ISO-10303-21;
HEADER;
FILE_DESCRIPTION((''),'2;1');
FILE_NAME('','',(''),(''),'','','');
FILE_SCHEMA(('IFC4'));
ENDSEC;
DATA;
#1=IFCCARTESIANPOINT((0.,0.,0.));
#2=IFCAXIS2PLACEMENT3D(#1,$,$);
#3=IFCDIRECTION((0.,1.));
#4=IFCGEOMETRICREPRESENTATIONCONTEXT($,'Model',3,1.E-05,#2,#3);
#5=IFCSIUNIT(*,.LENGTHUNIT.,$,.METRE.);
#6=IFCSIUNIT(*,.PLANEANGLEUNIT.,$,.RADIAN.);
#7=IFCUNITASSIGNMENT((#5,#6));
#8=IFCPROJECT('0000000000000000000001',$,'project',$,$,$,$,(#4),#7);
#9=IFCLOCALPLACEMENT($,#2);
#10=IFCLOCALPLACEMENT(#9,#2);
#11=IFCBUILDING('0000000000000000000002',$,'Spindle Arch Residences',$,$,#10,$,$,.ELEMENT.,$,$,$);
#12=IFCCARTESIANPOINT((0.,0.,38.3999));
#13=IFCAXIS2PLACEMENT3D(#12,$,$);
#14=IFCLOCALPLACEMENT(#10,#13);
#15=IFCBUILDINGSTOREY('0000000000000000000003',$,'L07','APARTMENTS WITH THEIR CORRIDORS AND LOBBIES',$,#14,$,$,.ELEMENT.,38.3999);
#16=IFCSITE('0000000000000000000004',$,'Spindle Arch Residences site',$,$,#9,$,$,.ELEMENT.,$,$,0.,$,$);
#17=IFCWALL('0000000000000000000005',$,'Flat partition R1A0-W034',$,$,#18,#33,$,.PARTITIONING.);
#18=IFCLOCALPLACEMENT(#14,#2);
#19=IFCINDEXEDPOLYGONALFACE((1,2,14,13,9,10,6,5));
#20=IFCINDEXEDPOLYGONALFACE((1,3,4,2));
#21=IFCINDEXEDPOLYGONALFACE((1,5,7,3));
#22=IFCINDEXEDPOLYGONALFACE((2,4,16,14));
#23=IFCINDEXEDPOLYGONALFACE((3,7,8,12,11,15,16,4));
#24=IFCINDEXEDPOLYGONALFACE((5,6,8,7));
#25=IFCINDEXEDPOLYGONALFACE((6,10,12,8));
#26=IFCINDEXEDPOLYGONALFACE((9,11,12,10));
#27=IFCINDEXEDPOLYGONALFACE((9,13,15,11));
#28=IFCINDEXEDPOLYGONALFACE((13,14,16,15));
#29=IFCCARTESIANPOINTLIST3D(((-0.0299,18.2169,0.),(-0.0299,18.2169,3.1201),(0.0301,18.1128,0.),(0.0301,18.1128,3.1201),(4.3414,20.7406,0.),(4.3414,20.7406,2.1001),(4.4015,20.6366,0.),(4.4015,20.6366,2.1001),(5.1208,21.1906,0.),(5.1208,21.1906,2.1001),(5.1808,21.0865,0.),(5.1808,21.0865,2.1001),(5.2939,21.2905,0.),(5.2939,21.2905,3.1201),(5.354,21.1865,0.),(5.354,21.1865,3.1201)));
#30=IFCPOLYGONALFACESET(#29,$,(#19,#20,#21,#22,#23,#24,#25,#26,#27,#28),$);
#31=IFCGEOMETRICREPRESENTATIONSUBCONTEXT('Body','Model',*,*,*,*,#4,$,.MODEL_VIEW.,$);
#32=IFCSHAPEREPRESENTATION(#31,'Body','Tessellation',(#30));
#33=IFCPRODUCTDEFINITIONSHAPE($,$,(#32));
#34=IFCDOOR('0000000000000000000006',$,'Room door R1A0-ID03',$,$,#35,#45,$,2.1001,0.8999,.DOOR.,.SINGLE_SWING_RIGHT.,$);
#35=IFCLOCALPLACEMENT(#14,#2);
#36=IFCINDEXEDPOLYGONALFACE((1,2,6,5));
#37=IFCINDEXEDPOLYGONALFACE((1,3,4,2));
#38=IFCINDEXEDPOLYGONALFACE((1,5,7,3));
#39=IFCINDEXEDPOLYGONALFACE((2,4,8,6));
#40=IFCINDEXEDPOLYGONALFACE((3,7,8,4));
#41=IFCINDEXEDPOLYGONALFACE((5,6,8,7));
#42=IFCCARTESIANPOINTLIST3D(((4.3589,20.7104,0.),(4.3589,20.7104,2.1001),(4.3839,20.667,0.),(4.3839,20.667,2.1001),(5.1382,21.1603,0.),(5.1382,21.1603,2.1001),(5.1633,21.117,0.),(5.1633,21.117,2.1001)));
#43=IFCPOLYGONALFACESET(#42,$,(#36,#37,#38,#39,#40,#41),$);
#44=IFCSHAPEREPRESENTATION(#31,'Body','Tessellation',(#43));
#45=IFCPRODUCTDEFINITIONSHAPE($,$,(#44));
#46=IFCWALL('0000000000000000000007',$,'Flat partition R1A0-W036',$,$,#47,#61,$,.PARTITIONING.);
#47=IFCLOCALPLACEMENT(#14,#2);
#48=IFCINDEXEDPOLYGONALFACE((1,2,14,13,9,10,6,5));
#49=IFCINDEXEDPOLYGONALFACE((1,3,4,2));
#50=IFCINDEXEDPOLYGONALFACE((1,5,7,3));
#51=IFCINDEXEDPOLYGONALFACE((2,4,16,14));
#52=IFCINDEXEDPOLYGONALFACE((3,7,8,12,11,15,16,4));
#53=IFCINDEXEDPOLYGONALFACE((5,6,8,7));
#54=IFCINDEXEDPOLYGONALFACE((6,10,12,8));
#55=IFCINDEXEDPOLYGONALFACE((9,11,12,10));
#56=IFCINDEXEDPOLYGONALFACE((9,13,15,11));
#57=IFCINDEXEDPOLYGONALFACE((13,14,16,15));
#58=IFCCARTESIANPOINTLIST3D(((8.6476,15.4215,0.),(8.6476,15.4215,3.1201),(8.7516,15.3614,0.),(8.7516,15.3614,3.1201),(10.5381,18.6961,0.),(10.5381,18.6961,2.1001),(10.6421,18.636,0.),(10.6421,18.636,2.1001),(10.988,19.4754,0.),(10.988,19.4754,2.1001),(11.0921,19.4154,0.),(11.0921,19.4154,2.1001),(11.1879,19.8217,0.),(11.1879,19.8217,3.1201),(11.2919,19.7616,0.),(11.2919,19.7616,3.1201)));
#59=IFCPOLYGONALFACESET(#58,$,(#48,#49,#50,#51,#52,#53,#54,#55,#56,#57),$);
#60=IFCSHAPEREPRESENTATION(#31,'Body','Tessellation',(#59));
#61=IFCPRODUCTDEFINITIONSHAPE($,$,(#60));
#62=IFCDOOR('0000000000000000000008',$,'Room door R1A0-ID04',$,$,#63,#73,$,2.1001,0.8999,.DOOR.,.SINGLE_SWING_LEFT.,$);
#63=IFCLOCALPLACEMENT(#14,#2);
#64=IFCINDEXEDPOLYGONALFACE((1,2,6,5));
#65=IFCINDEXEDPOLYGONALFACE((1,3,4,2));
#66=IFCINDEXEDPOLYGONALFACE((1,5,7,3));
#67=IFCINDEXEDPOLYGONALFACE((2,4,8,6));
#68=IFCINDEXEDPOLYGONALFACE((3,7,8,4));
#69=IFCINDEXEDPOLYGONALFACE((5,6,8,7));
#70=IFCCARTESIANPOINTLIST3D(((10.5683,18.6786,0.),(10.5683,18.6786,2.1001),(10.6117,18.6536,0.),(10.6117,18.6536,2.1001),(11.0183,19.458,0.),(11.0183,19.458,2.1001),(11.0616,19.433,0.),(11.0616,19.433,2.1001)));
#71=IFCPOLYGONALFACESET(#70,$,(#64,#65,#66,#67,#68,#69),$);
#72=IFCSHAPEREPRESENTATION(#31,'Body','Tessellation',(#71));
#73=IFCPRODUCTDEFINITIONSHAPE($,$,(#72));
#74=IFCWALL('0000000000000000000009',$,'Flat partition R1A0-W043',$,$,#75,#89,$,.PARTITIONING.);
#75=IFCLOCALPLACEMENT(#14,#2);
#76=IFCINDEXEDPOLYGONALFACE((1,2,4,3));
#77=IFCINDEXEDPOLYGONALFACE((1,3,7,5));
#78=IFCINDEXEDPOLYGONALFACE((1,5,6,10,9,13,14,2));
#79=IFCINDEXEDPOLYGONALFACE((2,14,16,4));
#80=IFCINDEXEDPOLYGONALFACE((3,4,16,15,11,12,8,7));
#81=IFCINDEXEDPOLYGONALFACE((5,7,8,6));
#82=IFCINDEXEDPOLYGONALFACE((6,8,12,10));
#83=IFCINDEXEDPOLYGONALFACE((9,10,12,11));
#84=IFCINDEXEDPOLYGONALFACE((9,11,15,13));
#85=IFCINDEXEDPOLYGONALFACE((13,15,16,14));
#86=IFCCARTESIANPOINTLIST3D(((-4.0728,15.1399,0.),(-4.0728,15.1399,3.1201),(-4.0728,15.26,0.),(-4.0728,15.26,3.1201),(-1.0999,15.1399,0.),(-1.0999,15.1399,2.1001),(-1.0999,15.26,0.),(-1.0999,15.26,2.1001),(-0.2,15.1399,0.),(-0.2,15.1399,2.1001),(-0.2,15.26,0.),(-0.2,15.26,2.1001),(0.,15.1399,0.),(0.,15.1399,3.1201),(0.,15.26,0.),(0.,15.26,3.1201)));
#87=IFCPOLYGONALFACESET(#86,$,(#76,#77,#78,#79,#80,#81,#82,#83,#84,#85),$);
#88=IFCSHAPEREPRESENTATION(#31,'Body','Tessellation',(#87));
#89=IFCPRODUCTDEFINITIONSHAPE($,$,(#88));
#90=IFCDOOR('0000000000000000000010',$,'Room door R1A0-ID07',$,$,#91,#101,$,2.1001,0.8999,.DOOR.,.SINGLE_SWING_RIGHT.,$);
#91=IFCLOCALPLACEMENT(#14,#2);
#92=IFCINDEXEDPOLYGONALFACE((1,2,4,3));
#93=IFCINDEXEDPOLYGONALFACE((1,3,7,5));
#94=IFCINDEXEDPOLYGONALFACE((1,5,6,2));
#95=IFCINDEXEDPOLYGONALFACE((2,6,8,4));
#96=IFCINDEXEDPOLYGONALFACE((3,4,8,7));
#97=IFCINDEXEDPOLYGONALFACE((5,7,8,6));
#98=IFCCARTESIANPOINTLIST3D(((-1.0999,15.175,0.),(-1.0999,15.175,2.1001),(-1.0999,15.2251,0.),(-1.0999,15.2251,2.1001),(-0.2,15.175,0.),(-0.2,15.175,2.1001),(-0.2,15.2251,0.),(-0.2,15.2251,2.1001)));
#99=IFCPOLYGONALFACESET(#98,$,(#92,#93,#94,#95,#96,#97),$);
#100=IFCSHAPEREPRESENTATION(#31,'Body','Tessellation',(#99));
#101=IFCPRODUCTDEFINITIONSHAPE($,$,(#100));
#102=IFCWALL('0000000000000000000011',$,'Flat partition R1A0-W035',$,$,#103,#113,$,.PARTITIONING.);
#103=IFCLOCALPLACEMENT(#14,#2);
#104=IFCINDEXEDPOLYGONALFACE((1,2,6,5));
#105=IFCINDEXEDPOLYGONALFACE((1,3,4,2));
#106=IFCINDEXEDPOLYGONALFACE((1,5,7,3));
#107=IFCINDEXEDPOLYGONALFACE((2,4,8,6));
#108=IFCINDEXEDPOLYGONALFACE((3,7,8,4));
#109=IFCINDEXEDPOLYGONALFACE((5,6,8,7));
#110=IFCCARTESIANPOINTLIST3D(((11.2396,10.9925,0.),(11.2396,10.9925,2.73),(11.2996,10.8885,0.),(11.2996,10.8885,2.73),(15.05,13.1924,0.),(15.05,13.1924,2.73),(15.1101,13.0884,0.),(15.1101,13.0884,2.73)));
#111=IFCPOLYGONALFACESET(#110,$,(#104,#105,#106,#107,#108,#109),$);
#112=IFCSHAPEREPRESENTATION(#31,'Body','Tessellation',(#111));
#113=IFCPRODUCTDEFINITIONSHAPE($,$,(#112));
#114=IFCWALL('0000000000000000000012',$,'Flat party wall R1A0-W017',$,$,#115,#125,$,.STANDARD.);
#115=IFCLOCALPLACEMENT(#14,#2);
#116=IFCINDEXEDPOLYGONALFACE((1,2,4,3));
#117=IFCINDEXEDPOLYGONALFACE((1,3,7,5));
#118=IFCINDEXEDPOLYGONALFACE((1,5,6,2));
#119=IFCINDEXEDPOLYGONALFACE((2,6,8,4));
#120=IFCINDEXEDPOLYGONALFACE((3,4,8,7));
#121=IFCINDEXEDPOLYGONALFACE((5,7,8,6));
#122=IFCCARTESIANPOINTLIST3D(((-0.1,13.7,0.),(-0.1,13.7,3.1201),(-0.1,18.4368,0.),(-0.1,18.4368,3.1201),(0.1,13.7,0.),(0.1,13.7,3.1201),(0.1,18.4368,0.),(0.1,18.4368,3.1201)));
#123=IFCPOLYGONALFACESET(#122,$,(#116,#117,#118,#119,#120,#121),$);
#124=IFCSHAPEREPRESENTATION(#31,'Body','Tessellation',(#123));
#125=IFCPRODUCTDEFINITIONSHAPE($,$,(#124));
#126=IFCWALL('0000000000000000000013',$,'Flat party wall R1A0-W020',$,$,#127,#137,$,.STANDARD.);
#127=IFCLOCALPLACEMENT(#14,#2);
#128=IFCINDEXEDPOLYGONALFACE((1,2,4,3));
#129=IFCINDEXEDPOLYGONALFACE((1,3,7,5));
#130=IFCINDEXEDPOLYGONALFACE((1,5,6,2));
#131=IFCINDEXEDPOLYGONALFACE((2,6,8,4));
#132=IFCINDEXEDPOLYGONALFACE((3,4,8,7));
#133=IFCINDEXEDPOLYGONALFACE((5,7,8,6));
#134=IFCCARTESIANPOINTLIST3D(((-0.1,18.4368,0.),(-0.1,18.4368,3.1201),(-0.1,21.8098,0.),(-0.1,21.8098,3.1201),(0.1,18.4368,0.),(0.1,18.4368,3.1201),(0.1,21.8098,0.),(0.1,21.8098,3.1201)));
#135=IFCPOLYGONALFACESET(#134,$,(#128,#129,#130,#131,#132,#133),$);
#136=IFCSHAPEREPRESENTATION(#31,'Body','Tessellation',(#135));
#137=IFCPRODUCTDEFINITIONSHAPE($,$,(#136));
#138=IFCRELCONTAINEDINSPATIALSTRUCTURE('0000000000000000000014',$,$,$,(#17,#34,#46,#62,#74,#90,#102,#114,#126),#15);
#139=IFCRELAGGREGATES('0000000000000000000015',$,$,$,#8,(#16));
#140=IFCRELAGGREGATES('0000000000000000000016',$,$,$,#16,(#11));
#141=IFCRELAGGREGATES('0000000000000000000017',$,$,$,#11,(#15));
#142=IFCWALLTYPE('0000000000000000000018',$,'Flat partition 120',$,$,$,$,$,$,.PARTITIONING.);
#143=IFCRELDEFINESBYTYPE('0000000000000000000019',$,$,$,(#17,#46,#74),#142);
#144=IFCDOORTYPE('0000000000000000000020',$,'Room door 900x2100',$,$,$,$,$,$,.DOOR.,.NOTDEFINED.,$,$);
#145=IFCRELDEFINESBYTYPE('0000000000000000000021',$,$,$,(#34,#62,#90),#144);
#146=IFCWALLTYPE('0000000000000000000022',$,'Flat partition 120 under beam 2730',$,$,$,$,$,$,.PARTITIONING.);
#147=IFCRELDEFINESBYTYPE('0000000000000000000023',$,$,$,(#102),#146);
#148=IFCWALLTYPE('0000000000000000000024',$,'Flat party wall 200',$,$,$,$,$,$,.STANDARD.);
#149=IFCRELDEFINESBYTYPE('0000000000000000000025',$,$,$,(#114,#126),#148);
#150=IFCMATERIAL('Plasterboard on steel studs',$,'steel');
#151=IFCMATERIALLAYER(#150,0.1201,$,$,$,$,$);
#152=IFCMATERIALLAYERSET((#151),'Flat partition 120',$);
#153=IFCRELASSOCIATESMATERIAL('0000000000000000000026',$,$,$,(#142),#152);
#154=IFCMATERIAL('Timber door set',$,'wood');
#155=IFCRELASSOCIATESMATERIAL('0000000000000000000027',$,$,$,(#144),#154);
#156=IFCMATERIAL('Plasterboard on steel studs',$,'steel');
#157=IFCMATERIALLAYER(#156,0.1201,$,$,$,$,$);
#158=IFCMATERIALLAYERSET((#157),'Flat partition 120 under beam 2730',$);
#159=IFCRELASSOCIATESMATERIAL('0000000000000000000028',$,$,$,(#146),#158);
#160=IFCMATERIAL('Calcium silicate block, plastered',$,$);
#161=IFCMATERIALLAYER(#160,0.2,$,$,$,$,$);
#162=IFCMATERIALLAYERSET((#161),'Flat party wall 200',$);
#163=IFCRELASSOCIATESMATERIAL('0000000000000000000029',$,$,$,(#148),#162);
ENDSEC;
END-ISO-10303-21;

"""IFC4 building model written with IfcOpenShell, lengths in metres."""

from ifc_helpers import new_model, si_unit, direction, frame, frame_2d, origin, place, context, subcontext, project, spatial, rectangle, extrude, material, layer, layer_set, type_object, element, fill, save


model = new_model("IFC4")

# Units and contexts
model_context = context("Model", 3, precision=1e-05, world=origin(), true_north=direction((0.0, 1.0)))
body_context = subcontext(model_context, "Body", "Model", "MODEL_VIEW")
ifc_project = project(units=[si_unit("LENGTHUNIT", "METRE"), si_unit("PLANEANGLEUNIT", "RADIAN")], contexts=[model_context])

# Site, building, storey
site_placement = place(None, origin())
site = spatial("IfcSite", under=ifc_project, at=site_placement, Name="Spindle Arch Residences site", CompositionType="ELEMENT", RefElevation=0.0)
building_placement = place(site_placement, origin())
building = spatial("IfcBuilding", under=site, at=building_placement, Name="Spindle Arch Residences", CompositionType="ELEMENT")
storey_placement = place(building_placement, frame((0.0, 0.0, 38.3999)))
storey = spatial("IfcBuildingStorey", under=building, at=storey_placement, Name="L07", Description="APARTMENTS WITH THEIR CORRIDORS AND LOBBIES", CompositionType="ELEMENT", Elevation=38.3999)

# Shared definitions
ifc_material_1 = material(Name="Plasterboard on steel studs", Category="steel")
ifc_layer_1 = layer(ifc_material_1, 0.1201)
ifc_layer_set_1 = layer_set([ifc_layer_1], Name="Flat partition 120")
wall_type_1 = type_object("IfcWallType", Name="Flat partition 120", PredefinedType="PARTITIONING", material=ifc_layer_set_1)

# Walls, openings, doors
wall_1_placement = place(storey_placement, frame((5.324, 21.2385, 0.0), z_axis=(0.0, 0.0, 1.0), x_axis=(-0.86603, -0.499992, 0.0)))
wall_1 = element("IfcWall", 1, at=wall_1_placement, inside=storey, type_object=wall_type_1, Name="Flat partition R1A0-W034", PredefinedType="PARTITIONING", context=body_context, shape_type="SweptSolid", body=[
    extrude(rectangle(XDim=6.1475, YDim=0.1201, at=frame_2d((3.0737, 0.0))), origin(), (0.0, 0.0, 1.0), 3.1201),
])
opening_1_placement = place(wall_1_placement, frame((0.2, 0.0, 0.0)))
opening_1 = element("IfcOpeningElement", 2, at=opening_1_placement, cuts=wall_1, PredefinedType="OPENING", context=body_context, shape_type="SweptSolid", body=[
    extrude(rectangle(XDim=0.8999, YDim=2.1001, at=frame_2d((0.45, 1.05))), frame((0.0, 0.0701, 0.0), z_axis=(0.0, -1.0, 0.0), x_axis=(1.0, 0.0, 0.0)), (0.0, 0.0, 1.0), 0.1401),
])
ifc_material_2 = material(Name="Timber door set", Category="wood")
door_type = type_object("IfcDoorType", Name="Room door 900x2100", OperationType="NOTDEFINED", PredefinedType="DOOR", material=ifc_material_2)
door_1_placement = place(opening_1_placement, origin())
door_1 = element("IfcDoor", 3, at=door_1_placement, inside=storey, type_object=door_type, Name="Room door R1A0-ID03", OperationType="SINGLE_SWING_RIGHT", OverallHeight=2.1001, OverallWidth=0.8999, PredefinedType="DOOR", context=body_context, shape_type="SweptSolid", body=[
    extrude(rectangle(XDim=0.8999, YDim=2.1001, at=frame_2d((0.45, 1.05))), frame((0.0, 0.0249, 0.0), z_axis=(0.0, -1.0, 0.0), x_axis=(1.0, 0.0, 0.0)), (0.0, 0.0, 1.0), 0.05),
])
fill(opening_1, door_1)
wall_2_placement = place(storey_placement, frame((11.24, 19.7917, 0.0), z_axis=(0.0, 0.0, 1.0), x_axis=(-0.499979, -0.866038, 0.0)))
wall_2 = element("IfcWall", 4, at=wall_2_placement, inside=storey, type_object=wall_type_1, Name="Flat partition R1A0-W036", PredefinedType="PARTITIONING", context=body_context, shape_type="SweptSolid", body=[
    extrude(rectangle(XDim=5.0808, YDim=0.1201, at=frame_2d((2.5405, 0.0))), origin(), (0.0, 0.0, 1.0), 3.1201),
])
opening_2_placement = place(wall_2_placement, frame((0.3999, 0.0, 0.0)))
opening_2 = element("IfcOpeningElement", 5, at=opening_2_placement, cuts=wall_2, PredefinedType="OPENING", context=body_context, shape_type="SweptSolid", body=[
    extrude(rectangle(XDim=0.8999, YDim=2.1001, at=frame_2d((0.45, 1.05))), frame((0.0, 0.0701, 0.0), z_axis=(0.0, -1.0, 0.0), x_axis=(1.0, 0.0, 0.0)), (0.0, 0.0, 1.0), 0.1401),
])
door_2_placement = place(opening_2_placement, origin())
door_2 = element("IfcDoor", 6, at=door_2_placement, inside=storey, type_object=door_type, Name="Room door R1A0-ID04", OperationType="SINGLE_SWING_LEFT", OverallHeight=2.1001, OverallWidth=0.8999, PredefinedType="DOOR", context=body_context, shape_type="SweptSolid", body=[
    extrude(rectangle(XDim=0.8999, YDim=2.1001, at=frame_2d((0.45, 1.05))), frame((0.0, 0.0249, 0.0), z_axis=(0.0, -1.0, 0.0), x_axis=(1.0, 0.0, 0.0)), (0.0, 0.0, 1.0), 0.05),
])
fill(opening_2, door_2)
wall_3_placement = place(storey_placement, frame((0.0, 15.2, 0.0), z_axis=(0.0, 0.0, 1.0), x_axis=(-1.0, 0.0, 0.0)))
wall_3 = element("IfcWall", 7, at=wall_3_placement, inside=storey, type_object=wall_type_1, Name="Flat partition R1A0-W043", PredefinedType="PARTITIONING", context=body_context, shape_type="SweptSolid", body=[
    extrude(rectangle(XDim=4.0728, YDim=0.1201, at=frame_2d((2.0364, 0.0))), origin(), (0.0, 0.0, 1.0), 3.1201),
])
opening_3_placement = place(wall_3_placement, frame((0.2, 0.0, 0.0)))
opening_3 = element("IfcOpeningElement", 8, at=opening_3_placement, cuts=wall_3, PredefinedType="OPENING", context=body_context, shape_type="SweptSolid", body=[
    extrude(rectangle(XDim=0.8999, YDim=2.1001, at=frame_2d((0.45, 1.05))), frame((0.0, 0.0701, 0.0), z_axis=(0.0, -1.0, 0.0), x_axis=(1.0, 0.0, 0.0)), (0.0, 0.0, 1.0), 0.1401),
])
door_3_placement = place(opening_3_placement, origin())
door_3 = element("IfcDoor", 9, at=door_3_placement, inside=storey, type_object=door_type, Name="Room door R1A0-ID07", OperationType="SINGLE_SWING_RIGHT", OverallHeight=2.1001, OverallWidth=0.8999, PredefinedType="DOOR", context=body_context, shape_type="SweptSolid", body=[
    extrude(rectangle(XDim=0.8999, YDim=2.1001, at=frame_2d((0.45, 1.05))), frame((0.0, 0.0249, 0.0), z_axis=(0.0, -1.0, 0.0), x_axis=(1.0, 0.0, 0.0)), (0.0, 0.0, 1.0), 0.05),
])
fill(opening_3, door_3)

# Walls
ifc_material_3 = material(Name="Plasterboard on steel studs", Category="steel")
ifc_layer_2 = layer(ifc_material_3, 0.1201)
ifc_layer_set_2 = layer_set([ifc_layer_2], Name="Flat partition 120 under beam 2730")
wall_type_2 = type_object("IfcWallType", Name="Flat partition 120 under beam 2730", PredefinedType="PARTITIONING", material=ifc_layer_set_2)
wall_4_placement = place(storey_placement, frame((15.0801, 13.1404, 0.0), z_axis=(0.0, 0.0, 1.0), x_axis=(-0.866032, -0.499988, 0.0)))
element("IfcWall", 10, at=wall_4_placement, inside=storey, type_object=wall_type_2, Name="Flat partition R1A0-W035", PredefinedType="PARTITIONING", context=body_context, shape_type="SweptSolid", body=[
    extrude(rectangle(XDim=4.3999, YDim=0.1201, at=frame_2d((2.2, 0.0))), origin(), (0.0, 0.0, 1.0), 2.73),
])
ifc_material_4 = material(Name="Calcium silicate block, plastered")
ifc_layer_3 = layer(ifc_material_4, 0.2)
ifc_layer_set_3 = layer_set([ifc_layer_3], Name="Flat party wall 200")
wall_type_3 = type_object("IfcWallType", Name="Flat party wall 200", PredefinedType="STANDARD", material=ifc_layer_set_3)
wall_5_placement = place(storey_placement, frame((0.0, 18.4368, 0.0), z_axis=(0.0, 0.0, 1.0), x_axis=(0.0, -1.0, 0.0)))
element("IfcWall", 11, at=wall_5_placement, inside=storey, type_object=wall_type_3, Name="Flat party wall R1A0-W017", PredefinedType="STANDARD", context=body_context, shape_type="SweptSolid", body=[
    extrude(rectangle(XDim=4.7368, YDim=0.2, at=frame_2d((2.3684, 0.0))), origin(), (0.0, 0.0, 1.0), 3.1201),
])
wall_6_placement = place(storey_placement, frame((0.0, 21.8098, 0.0), z_axis=(0.0, 0.0, 1.0), x_axis=(0.0, -1.0, 0.0)))
element("IfcWall", 12, at=wall_6_placement, inside=storey, type_object=wall_type_3, Name="Flat party wall R1A0-W020", PredefinedType="STANDARD", context=body_context, shape_type="SweptSolid", body=[
    extrude(rectangle(XDim=3.373, YDim=0.2, at=frame_2d((1.6865, 0.0))), origin(), (0.0, 0.0, 1.0), 3.1201),
])

save(model, "model.ifc")
